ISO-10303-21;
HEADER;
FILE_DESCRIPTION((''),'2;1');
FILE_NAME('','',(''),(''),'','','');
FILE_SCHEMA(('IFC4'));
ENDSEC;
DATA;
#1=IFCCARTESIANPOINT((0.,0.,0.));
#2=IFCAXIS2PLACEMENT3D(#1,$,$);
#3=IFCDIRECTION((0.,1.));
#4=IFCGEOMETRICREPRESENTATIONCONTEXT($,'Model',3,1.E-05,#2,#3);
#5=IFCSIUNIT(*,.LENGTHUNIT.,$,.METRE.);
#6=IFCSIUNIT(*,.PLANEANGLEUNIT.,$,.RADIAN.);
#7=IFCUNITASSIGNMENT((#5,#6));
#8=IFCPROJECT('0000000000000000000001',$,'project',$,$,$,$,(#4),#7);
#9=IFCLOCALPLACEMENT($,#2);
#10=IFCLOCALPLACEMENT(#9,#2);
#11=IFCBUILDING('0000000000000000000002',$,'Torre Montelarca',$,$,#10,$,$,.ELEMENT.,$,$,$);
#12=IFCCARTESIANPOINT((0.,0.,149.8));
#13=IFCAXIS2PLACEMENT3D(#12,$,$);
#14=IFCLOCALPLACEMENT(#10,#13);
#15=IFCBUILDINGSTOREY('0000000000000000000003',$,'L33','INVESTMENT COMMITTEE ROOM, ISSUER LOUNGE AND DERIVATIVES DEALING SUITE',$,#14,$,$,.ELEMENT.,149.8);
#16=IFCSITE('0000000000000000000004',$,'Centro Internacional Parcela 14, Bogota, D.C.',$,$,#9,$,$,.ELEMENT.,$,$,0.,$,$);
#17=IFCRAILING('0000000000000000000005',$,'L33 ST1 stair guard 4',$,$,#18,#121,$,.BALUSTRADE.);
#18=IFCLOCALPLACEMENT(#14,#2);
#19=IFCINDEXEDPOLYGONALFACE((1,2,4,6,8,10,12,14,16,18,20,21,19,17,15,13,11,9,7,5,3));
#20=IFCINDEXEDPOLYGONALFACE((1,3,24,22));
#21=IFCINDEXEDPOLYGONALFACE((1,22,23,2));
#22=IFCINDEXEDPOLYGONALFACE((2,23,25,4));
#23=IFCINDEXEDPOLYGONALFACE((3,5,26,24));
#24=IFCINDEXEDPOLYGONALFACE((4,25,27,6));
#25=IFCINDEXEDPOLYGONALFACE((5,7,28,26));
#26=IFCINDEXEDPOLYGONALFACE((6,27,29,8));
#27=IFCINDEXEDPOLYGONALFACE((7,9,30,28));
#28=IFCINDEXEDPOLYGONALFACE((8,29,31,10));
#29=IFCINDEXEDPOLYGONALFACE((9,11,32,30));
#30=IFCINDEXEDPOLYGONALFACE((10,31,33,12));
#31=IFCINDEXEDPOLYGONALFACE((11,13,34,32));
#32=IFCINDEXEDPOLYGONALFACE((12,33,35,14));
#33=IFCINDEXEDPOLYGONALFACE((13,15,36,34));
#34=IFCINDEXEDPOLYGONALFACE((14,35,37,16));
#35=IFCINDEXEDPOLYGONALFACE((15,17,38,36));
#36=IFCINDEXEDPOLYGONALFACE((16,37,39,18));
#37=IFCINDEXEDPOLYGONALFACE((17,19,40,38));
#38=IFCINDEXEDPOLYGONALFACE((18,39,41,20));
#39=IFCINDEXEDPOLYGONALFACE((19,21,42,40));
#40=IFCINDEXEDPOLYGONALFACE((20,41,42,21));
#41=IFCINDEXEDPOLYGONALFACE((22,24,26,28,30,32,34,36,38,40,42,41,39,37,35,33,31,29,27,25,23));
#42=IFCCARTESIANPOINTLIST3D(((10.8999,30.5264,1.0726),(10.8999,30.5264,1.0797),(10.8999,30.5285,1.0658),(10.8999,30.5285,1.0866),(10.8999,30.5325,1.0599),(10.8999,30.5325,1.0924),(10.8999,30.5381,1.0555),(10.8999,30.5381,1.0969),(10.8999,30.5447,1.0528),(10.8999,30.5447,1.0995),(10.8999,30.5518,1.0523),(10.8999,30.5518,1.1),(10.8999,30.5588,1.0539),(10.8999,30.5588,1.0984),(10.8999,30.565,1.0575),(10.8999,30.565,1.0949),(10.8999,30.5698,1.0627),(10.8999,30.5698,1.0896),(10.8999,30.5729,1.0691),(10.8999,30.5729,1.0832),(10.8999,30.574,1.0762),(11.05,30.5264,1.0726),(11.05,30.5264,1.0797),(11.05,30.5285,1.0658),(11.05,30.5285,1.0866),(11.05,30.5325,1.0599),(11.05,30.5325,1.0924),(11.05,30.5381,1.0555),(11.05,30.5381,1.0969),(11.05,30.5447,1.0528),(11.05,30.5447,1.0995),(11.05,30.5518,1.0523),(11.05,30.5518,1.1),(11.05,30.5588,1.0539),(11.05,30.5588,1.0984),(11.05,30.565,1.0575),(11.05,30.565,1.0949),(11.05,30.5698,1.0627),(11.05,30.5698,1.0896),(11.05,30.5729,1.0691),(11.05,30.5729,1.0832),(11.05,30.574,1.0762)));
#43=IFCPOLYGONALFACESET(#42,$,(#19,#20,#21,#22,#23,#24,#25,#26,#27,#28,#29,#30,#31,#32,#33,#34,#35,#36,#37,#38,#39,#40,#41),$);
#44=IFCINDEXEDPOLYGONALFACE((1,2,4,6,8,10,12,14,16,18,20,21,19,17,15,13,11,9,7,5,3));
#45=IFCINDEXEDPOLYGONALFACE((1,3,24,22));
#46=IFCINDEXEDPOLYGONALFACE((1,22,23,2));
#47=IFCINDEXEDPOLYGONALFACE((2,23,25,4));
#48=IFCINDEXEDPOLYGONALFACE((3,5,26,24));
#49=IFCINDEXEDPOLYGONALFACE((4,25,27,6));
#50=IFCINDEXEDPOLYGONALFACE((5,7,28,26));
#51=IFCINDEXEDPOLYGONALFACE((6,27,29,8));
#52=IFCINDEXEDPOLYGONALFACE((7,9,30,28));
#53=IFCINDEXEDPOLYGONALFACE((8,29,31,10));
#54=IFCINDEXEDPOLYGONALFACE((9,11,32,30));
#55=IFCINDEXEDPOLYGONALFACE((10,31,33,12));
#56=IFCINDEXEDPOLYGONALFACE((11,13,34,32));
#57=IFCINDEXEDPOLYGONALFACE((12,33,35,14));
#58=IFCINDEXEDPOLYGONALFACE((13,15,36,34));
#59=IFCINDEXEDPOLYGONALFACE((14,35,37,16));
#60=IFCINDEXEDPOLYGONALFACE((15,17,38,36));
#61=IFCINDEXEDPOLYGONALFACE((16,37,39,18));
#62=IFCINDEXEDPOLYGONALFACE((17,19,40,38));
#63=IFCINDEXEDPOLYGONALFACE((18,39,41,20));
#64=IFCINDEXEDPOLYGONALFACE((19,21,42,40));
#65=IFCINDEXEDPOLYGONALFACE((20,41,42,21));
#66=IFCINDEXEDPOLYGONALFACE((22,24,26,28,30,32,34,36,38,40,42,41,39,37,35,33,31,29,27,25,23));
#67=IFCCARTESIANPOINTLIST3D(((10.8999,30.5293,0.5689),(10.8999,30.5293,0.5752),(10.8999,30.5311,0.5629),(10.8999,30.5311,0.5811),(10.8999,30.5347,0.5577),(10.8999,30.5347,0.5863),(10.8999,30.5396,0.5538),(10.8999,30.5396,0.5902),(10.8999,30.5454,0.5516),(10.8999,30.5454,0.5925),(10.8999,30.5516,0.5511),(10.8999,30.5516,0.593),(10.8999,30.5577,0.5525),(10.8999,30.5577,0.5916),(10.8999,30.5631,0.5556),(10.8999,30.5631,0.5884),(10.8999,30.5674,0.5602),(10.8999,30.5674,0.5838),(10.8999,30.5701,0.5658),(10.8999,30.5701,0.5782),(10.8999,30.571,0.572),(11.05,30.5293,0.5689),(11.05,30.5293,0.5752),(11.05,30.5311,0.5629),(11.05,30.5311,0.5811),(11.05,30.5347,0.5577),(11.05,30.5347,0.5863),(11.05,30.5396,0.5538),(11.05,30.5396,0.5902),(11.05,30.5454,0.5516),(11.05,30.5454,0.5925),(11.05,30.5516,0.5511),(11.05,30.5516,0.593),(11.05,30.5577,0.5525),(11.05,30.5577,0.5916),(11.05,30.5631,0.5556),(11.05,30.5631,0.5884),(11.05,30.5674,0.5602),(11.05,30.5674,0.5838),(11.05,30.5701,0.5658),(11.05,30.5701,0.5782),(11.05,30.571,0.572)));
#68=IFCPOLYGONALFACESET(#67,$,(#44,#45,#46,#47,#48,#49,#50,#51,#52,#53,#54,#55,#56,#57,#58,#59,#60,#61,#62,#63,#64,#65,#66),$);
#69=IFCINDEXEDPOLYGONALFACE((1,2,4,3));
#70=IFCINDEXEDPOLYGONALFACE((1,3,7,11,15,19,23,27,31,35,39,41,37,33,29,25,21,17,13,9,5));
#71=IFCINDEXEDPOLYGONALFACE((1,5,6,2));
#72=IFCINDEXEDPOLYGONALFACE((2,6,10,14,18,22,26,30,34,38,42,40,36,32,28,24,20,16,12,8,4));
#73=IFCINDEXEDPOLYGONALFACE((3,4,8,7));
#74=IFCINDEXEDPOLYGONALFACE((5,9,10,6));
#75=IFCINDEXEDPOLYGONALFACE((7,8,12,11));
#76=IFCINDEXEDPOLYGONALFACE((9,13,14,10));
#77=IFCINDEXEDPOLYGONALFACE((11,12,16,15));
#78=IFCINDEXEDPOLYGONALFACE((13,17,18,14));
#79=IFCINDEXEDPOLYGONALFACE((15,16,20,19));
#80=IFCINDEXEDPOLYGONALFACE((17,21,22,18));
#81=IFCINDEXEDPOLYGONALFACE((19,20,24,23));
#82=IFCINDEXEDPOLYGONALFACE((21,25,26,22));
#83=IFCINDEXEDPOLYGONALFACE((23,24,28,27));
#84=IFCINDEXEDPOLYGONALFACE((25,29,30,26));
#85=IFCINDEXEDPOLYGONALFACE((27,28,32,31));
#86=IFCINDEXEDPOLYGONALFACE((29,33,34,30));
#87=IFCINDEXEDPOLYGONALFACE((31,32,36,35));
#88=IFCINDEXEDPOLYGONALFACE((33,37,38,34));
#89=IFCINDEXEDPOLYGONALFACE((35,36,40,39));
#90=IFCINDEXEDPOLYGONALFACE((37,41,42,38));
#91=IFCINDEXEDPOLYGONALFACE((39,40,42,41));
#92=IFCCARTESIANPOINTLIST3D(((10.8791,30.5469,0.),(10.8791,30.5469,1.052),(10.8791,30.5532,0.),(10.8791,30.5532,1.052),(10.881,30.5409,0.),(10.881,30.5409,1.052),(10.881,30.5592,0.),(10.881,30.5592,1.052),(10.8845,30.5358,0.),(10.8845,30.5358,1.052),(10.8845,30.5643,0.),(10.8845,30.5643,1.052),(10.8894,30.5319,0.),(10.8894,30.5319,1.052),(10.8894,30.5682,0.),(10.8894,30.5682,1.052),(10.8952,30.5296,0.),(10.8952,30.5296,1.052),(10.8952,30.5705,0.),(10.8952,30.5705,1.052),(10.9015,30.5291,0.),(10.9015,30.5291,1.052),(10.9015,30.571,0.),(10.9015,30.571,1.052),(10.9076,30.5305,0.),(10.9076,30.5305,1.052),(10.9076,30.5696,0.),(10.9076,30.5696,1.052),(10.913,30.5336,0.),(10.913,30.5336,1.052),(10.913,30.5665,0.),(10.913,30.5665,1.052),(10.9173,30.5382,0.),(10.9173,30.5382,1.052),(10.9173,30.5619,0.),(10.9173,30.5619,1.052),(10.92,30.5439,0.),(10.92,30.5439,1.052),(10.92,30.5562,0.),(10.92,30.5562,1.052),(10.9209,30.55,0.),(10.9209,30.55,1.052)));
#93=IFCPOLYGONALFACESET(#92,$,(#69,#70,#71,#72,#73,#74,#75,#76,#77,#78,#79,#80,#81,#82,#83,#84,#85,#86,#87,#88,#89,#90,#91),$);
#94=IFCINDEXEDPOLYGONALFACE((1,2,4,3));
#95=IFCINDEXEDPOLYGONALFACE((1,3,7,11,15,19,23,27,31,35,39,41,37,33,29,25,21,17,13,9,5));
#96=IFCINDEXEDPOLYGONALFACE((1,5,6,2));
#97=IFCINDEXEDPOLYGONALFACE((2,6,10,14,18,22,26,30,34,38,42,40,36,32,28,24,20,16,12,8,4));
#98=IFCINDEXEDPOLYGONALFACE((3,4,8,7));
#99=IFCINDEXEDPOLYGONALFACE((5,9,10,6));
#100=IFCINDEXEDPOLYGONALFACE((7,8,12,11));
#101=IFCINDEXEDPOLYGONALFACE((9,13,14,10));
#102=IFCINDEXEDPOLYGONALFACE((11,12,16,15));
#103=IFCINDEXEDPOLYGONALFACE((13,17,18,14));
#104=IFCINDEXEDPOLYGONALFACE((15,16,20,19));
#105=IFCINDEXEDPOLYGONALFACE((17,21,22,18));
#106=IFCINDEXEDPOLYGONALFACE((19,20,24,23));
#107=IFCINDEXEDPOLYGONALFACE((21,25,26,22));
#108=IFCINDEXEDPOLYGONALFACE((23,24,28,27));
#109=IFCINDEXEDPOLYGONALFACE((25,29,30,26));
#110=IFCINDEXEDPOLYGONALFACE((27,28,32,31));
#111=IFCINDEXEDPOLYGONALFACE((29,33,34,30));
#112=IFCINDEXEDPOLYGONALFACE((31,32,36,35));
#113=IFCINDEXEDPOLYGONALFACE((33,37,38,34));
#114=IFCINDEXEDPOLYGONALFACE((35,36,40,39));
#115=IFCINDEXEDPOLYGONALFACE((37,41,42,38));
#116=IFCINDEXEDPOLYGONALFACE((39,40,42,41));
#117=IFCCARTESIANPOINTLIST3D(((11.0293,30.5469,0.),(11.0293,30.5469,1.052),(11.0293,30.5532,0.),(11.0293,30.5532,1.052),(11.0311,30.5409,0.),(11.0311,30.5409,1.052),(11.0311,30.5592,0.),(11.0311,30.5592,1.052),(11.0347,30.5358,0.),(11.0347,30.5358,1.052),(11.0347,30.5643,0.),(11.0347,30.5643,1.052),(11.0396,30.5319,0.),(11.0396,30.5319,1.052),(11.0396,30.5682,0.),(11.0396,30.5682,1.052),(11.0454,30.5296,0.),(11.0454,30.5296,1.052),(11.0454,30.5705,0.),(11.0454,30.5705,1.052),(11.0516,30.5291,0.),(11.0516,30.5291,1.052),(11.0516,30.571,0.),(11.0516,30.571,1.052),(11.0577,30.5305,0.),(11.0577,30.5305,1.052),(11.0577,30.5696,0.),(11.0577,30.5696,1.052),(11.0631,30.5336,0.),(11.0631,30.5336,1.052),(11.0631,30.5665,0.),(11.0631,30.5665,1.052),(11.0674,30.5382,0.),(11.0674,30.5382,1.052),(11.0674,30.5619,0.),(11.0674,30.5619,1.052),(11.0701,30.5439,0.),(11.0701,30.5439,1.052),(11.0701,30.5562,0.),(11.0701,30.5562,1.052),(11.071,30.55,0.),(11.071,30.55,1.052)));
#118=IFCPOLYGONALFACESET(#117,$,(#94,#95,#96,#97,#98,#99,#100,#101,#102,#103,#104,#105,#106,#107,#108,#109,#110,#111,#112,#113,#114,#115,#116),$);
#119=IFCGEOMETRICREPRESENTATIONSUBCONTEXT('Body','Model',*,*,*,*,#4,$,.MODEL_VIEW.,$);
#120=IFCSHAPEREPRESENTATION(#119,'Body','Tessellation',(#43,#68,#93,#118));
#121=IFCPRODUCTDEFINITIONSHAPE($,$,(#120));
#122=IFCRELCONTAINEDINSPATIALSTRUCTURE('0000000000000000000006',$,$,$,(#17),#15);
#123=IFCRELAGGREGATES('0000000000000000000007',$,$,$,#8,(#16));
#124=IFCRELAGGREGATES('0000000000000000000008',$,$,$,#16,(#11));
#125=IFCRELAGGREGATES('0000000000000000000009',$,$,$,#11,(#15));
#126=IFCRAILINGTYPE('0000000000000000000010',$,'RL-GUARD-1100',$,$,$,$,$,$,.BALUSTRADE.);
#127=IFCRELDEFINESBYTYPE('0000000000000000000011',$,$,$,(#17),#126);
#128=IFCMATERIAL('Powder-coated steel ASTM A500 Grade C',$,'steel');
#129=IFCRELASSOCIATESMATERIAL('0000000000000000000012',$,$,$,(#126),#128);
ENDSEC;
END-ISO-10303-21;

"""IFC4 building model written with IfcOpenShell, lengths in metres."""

from ifc_helpers import new_model, si_unit, direction, frame, origin, origin_2d, place, context, subcontext, project, spatial, circle, extrude, material, type_object, element, save


model = new_model("IFC4")

# Units and contexts
model_context = context("Model", 3, precision=1e-05, world=origin(), true_north=direction((0.0, 1.0)))
body_context = subcontext(model_context, "Body", "Model", "MODEL_VIEW")
ifc_project = project(units=[si_unit("LENGTHUNIT", "METRE"), si_unit("PLANEANGLEUNIT", "RADIAN")], contexts=[model_context])

# Site, building, storey
site_placement = place(None, origin())
site = spatial("IfcSite", under=ifc_project, at=site_placement, Name="Centro Internacional Parcela 14, Bogota, D.C.", CompositionType="ELEMENT", RefElevation=0.0)
building_placement = place(site_placement, origin())
building = spatial("IfcBuilding", under=site, at=building_placement, Name="Torre Montelarca", CompositionType="ELEMENT")
storey_placement = place(building_placement, frame((0.0, 0.0, 149.8)))
storey = spatial("IfcBuildingStorey", under=building, at=storey_placement, Name="L33", Description="INVESTMENT COMMITTEE ROOM, ISSUER LOUNGE AND DERIVATIVES DEALING SUITE", CompositionType="ELEMENT", Elevation=149.8)

# Railing
ifc_material_1 = material(Name="Powder-coated steel ASTM A500 Grade C", Category="steel")
railing_type_1 = type_object("IfcRailingType", Name="RL-GUARD-1100", PredefinedType="BALUSTRADE", material=ifc_material_1)
railing_1_placement = place(storey_placement, frame((10.8999, 30.55, 0.0)))
element("IfcRailing", 1, at=railing_1_placement, inside=storey, type_object=railing_type_1, Name="L33 ST1 stair guard 4", PredefinedType="BALUSTRADE", context=body_context, shape_type="SweptSolid", body=[
    extrude(circle(Radius=0.0239, at=origin_2d()), frame((0.0, 0.0, 1.0762), z_axis=(1.0, 0.0, 0.0), x_axis=(0.0, 1.0, 0.0)), (0.0, 0.0, 1.0), 0.1501),
    extrude(circle(Radius=0.021, at=origin_2d()), frame((0.0, 0.0, 0.572), z_axis=(1.0, 0.0, 0.0), x_axis=(0.0, 1.0, 0.0)), (0.0, 0.0, 1.0), 0.1501),
    extrude(circle(Radius=0.021, at=origin_2d()), origin(), (0.0, 0.0, 1.0), 1.052),
    extrude(circle(Radius=0.021, at=origin_2d()), frame((0.1501, 0.0, 0.0)), (0.0, 0.0, 1.0), 1.052),
])

save(model, "model.ifc")
